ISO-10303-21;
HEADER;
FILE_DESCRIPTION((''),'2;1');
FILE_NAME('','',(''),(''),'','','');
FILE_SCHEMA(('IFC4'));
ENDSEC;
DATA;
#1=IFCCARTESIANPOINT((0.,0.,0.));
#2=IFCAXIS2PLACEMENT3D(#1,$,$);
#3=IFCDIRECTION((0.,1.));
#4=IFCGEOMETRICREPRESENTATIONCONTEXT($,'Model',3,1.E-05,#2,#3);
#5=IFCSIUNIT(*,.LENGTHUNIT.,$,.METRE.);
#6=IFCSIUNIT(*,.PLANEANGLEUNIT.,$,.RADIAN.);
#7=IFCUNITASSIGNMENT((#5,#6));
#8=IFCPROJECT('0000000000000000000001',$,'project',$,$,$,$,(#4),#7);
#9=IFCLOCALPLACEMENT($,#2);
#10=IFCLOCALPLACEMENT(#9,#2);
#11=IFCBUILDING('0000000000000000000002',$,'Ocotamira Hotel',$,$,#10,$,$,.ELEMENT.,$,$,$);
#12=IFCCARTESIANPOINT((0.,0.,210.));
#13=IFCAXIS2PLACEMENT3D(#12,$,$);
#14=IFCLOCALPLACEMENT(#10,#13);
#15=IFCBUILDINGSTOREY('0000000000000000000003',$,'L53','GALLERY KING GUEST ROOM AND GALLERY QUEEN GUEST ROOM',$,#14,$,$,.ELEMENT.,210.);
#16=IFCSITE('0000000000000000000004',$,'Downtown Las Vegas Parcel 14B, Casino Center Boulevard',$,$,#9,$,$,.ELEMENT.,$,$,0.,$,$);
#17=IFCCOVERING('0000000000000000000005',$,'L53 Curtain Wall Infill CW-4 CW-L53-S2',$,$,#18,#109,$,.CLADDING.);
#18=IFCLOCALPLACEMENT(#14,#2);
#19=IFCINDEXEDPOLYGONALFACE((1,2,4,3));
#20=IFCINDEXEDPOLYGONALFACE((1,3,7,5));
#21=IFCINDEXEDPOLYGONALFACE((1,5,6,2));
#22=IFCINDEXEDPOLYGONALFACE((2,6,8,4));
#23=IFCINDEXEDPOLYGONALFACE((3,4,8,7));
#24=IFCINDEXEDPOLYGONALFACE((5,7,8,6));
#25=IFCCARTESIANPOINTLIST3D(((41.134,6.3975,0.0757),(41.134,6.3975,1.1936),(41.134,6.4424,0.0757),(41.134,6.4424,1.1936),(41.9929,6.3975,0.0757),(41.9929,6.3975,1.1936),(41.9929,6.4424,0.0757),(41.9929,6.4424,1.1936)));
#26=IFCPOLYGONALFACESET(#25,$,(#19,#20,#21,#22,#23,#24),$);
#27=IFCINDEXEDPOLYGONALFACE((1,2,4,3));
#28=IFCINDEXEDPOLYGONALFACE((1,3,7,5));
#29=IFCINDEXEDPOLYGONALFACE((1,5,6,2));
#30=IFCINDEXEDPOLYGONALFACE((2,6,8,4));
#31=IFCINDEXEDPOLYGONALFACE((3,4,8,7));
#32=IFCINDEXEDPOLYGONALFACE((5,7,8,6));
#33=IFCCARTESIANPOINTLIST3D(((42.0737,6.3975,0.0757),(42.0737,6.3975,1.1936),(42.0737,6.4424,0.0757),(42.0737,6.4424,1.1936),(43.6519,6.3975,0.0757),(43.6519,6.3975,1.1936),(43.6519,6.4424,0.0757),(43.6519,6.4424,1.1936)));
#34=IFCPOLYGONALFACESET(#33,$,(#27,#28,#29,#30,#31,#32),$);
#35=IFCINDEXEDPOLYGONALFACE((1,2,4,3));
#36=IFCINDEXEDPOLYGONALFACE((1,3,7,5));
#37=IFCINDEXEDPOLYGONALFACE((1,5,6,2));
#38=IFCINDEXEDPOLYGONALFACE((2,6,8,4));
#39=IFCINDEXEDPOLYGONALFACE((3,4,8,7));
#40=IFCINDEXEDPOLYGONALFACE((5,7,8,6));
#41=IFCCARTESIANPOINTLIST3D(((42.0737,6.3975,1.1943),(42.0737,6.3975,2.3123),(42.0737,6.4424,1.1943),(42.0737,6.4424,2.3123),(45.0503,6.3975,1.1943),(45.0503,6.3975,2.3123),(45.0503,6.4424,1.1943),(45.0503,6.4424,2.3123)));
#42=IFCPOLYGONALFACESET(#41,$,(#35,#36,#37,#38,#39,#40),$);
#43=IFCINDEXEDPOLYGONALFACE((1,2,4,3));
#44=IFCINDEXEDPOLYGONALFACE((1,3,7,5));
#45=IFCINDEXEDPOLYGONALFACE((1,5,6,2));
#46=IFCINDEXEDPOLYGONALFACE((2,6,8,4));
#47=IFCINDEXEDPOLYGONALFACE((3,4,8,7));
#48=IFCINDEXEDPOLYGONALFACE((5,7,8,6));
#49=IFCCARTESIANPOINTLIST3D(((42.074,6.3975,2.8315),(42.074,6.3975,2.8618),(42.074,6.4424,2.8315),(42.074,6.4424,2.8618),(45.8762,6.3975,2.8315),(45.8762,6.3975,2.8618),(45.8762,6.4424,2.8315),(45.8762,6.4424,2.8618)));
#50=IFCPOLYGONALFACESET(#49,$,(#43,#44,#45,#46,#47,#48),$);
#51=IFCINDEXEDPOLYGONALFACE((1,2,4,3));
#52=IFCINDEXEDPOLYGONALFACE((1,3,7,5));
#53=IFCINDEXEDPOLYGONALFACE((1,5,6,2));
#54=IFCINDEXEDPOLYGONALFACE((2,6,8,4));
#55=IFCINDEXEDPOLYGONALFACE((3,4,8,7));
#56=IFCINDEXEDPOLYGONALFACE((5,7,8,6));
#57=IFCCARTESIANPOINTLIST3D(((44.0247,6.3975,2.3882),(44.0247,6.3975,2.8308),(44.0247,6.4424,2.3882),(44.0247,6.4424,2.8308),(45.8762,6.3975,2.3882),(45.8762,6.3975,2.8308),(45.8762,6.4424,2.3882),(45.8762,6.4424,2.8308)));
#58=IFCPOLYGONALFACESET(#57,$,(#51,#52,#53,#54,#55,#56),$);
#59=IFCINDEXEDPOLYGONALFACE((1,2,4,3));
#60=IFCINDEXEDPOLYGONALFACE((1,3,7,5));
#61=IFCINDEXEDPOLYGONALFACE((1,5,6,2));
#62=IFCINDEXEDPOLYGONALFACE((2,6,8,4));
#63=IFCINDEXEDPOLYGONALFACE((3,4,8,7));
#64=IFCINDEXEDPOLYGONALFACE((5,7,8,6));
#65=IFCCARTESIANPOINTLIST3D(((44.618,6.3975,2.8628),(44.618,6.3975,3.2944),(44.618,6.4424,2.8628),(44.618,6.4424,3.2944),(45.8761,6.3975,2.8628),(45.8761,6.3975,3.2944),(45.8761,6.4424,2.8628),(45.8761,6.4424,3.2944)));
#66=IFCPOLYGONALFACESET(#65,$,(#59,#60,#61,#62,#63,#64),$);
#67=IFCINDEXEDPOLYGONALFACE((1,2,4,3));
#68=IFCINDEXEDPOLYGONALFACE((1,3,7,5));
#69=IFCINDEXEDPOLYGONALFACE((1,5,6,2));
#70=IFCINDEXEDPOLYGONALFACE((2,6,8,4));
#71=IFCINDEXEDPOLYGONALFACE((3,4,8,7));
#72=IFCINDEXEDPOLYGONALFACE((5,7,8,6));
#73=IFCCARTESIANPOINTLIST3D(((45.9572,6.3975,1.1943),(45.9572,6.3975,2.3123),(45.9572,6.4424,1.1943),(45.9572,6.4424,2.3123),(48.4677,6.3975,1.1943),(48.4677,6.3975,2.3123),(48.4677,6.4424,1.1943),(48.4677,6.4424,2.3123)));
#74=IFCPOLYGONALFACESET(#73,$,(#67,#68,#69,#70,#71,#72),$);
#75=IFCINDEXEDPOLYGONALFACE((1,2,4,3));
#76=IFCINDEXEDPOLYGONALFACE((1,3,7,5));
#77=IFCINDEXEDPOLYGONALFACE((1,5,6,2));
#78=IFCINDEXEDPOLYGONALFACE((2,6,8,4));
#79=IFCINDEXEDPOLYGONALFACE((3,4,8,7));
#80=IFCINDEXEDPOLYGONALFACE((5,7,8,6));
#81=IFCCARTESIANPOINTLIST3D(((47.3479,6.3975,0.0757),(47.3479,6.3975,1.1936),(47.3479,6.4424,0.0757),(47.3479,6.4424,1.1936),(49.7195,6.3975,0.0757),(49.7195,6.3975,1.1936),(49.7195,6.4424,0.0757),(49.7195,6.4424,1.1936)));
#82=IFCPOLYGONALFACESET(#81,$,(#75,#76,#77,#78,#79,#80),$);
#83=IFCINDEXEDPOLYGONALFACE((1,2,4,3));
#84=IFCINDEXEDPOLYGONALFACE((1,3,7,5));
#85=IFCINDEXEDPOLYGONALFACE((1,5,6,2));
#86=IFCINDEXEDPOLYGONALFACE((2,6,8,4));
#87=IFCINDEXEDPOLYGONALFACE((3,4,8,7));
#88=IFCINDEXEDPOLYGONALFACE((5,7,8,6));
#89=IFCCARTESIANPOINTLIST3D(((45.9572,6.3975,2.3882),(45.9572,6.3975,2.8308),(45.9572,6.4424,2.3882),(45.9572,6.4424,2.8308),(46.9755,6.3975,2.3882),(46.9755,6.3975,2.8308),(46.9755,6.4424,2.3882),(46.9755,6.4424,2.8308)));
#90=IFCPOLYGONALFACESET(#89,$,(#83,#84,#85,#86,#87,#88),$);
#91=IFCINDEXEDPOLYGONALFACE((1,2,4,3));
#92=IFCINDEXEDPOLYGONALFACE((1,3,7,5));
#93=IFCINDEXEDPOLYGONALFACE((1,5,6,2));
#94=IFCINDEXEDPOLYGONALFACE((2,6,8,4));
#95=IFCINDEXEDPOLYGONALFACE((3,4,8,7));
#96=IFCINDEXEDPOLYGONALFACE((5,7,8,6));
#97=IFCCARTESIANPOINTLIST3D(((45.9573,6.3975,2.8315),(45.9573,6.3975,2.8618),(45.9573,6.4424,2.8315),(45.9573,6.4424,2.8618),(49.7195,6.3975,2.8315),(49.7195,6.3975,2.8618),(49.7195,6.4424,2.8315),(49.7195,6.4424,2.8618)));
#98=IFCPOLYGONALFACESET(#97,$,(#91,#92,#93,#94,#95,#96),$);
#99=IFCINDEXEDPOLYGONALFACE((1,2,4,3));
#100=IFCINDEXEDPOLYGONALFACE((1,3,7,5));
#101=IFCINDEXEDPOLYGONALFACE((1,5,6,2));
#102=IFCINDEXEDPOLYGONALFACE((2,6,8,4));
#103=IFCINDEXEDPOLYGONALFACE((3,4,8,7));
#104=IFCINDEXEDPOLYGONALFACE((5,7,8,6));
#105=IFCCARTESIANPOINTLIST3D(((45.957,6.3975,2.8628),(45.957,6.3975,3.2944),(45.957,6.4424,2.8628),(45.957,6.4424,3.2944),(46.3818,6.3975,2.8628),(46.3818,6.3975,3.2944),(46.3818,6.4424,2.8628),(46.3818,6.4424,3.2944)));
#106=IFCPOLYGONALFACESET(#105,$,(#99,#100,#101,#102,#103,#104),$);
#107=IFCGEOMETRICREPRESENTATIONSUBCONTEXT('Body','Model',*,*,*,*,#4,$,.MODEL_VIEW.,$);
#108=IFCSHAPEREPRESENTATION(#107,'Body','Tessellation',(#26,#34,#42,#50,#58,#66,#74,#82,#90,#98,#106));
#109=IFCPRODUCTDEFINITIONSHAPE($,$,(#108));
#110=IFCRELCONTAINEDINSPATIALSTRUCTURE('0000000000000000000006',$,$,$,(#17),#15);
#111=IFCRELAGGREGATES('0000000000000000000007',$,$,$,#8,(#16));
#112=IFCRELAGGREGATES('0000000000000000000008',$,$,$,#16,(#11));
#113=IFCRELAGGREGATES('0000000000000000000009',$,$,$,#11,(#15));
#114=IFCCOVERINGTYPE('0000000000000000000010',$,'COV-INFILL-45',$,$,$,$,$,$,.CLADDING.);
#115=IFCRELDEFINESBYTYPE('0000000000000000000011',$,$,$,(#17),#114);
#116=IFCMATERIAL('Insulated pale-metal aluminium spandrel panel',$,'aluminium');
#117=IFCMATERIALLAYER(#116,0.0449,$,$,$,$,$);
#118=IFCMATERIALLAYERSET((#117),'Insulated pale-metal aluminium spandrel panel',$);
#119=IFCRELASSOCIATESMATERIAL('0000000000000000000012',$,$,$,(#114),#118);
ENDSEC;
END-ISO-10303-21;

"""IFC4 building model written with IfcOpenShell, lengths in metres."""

from ifc_helpers import new_model, si_unit, direction, frame, origin, origin_2d, place, context, subcontext, project, spatial, rectangle, extrude, material, layer, layer_set, type_object, element, save


model = new_model("IFC4")

# Units and contexts
model_context = context("Model", 3, precision=1e-05, world=origin(), true_north=direction((0.0, 1.0)))
body_context = subcontext(model_context, "Body", "Model", "MODEL_VIEW")
ifc_project = project(units=[si_unit("LENGTHUNIT", "METRE"), si_unit("PLANEANGLEUNIT", "RADIAN")], contexts=[model_context])

# Site, building, storey
site_placement = place(None, origin())
site = spatial("IfcSite", under=ifc_project, at=site_placement, Name="Downtown Las Vegas Parcel 14B, Casino Center Boulevard", CompositionType="ELEMENT", RefElevation=0.0)
building_placement = place(site_placement, origin())
building = spatial("IfcBuilding", under=site, at=building_placement, Name="Ocotamira Hotel", CompositionType="ELEMENT")
storey_placement = place(building_placement, frame((0.0, 0.0, 210.0)))
storey = spatial("IfcBuildingStorey", under=building, at=storey_placement, Name="L53", Description="GALLERY KING GUEST ROOM AND GALLERY QUEEN GUEST ROOM", CompositionType="ELEMENT", Elevation=210.0)

# Covering
ifc_material_1 = material(Name="Insulated pale-metal aluminium spandrel panel", Category="aluminium")
ifc_layer_1 = layer(ifc_material_1, 0.0449)
ifc_layer_set_1 = layer_set([ifc_layer_1], Name="Insulated pale-metal aluminium spandrel panel")
covering_type_1 = type_object("IfcCoveringType", Name="COV-INFILL-45", PredefinedType="CLADDING", material=ifc_layer_set_1)
covering_1_placement = place(storey_placement, origin())
element("IfcCovering", 1, at=covering_1_placement, inside=storey, type_object=covering_type_1, Name="L53 Curtain Wall Infill CW-4 CW-L53-S2", PredefinedType="CLADDING", context=body_context, shape_type="SweptSolid", body=[
    extrude(rectangle(XDim=0.8589, YDim=0.0449, at=origin_2d()), frame((41.5635, 6.4199, 0.0757), z_axis=(0.0, 0.0, 1.0), x_axis=(1.0, 0.0, 0.0)), (0.0, 0.0, 1.0), 1.1179),
    extrude(rectangle(XDim=1.5781, YDim=0.0449, at=origin_2d()), frame((42.8628, 6.4199, 0.0757), z_axis=(0.0, 0.0, 1.0), x_axis=(1.0, 0.0, 0.0)), (0.0, 0.0, 1.0), 1.1179),
    extrude(rectangle(XDim=2.9766, YDim=0.0449, at=origin_2d()), frame((43.562, 6.4199, 1.1943), z_axis=(0.0, 0.0, 1.0), x_axis=(1.0, 0.0, 0.0)), (0.0, 0.0, 1.0), 1.1179),
    extrude(rectangle(XDim=3.8022, YDim=0.0449, at=origin_2d()), frame((43.9751, 6.4199, 2.8315), z_axis=(0.0, 0.0, 1.0), x_axis=(1.0, 0.0, 0.0)), (0.0, 0.0, 1.0), 0.0303),
    extrude(rectangle(XDim=1.8516, YDim=0.0449, at=origin_2d()), frame((44.9504, 6.4199, 2.3882), z_axis=(0.0, 0.0, 1.0), x_axis=(1.0, 0.0, 0.0)), (0.0, 0.0, 1.0), 0.4426),
    extrude(rectangle(XDim=1.2581, YDim=0.0449, at=origin_2d()), frame((45.2471, 6.4199, 2.8628), z_axis=(0.0, 0.0, 1.0), x_axis=(1.0, 0.0, 0.0)), (0.0, 0.0, 1.0), 0.4316),
    extrude(rectangle(XDim=2.5105, YDim=0.0449, at=origin_2d()), frame((47.2124, 6.4199, 1.1943), z_axis=(0.0, 0.0, 1.0), x_axis=(1.0, 0.0, 0.0)), (0.0, 0.0, 1.0), 1.1179),
    extrude(rectangle(XDim=2.3716, YDim=0.0449, at=origin_2d()), frame((48.5337, 6.4199, 0.0757), z_axis=(0.0, 0.0, 1.0), x_axis=(1.0, 0.0, 0.0)), (0.0, 0.0, 1.0), 1.1179),
    extrude(rectangle(XDim=1.0183, YDim=0.0449, at=origin_2d()), frame((46.4663, 6.4199, 2.3882), z_axis=(0.0, 0.0, 1.0), x_axis=(1.0, 0.0, 0.0)), (0.0, 0.0, 1.0), 0.4426),
    extrude(rectangle(XDim=3.7622, YDim=0.0449, at=origin_2d()), frame((47.8384, 6.4199, 2.8315), z_axis=(0.0, 0.0, 1.0), x_axis=(1.0, 0.0, 0.0)), (0.0, 0.0, 1.0), 0.0303),
    extrude(rectangle(XDim=0.4248, YDim=0.0449, at=origin_2d()), frame((46.1694, 6.4199, 2.8628), z_axis=(0.0, 0.0, 1.0), x_axis=(1.0, 0.0, 0.0)), (0.0, 0.0, 1.0), 0.4316),
])

save(model, "model.ifc")
